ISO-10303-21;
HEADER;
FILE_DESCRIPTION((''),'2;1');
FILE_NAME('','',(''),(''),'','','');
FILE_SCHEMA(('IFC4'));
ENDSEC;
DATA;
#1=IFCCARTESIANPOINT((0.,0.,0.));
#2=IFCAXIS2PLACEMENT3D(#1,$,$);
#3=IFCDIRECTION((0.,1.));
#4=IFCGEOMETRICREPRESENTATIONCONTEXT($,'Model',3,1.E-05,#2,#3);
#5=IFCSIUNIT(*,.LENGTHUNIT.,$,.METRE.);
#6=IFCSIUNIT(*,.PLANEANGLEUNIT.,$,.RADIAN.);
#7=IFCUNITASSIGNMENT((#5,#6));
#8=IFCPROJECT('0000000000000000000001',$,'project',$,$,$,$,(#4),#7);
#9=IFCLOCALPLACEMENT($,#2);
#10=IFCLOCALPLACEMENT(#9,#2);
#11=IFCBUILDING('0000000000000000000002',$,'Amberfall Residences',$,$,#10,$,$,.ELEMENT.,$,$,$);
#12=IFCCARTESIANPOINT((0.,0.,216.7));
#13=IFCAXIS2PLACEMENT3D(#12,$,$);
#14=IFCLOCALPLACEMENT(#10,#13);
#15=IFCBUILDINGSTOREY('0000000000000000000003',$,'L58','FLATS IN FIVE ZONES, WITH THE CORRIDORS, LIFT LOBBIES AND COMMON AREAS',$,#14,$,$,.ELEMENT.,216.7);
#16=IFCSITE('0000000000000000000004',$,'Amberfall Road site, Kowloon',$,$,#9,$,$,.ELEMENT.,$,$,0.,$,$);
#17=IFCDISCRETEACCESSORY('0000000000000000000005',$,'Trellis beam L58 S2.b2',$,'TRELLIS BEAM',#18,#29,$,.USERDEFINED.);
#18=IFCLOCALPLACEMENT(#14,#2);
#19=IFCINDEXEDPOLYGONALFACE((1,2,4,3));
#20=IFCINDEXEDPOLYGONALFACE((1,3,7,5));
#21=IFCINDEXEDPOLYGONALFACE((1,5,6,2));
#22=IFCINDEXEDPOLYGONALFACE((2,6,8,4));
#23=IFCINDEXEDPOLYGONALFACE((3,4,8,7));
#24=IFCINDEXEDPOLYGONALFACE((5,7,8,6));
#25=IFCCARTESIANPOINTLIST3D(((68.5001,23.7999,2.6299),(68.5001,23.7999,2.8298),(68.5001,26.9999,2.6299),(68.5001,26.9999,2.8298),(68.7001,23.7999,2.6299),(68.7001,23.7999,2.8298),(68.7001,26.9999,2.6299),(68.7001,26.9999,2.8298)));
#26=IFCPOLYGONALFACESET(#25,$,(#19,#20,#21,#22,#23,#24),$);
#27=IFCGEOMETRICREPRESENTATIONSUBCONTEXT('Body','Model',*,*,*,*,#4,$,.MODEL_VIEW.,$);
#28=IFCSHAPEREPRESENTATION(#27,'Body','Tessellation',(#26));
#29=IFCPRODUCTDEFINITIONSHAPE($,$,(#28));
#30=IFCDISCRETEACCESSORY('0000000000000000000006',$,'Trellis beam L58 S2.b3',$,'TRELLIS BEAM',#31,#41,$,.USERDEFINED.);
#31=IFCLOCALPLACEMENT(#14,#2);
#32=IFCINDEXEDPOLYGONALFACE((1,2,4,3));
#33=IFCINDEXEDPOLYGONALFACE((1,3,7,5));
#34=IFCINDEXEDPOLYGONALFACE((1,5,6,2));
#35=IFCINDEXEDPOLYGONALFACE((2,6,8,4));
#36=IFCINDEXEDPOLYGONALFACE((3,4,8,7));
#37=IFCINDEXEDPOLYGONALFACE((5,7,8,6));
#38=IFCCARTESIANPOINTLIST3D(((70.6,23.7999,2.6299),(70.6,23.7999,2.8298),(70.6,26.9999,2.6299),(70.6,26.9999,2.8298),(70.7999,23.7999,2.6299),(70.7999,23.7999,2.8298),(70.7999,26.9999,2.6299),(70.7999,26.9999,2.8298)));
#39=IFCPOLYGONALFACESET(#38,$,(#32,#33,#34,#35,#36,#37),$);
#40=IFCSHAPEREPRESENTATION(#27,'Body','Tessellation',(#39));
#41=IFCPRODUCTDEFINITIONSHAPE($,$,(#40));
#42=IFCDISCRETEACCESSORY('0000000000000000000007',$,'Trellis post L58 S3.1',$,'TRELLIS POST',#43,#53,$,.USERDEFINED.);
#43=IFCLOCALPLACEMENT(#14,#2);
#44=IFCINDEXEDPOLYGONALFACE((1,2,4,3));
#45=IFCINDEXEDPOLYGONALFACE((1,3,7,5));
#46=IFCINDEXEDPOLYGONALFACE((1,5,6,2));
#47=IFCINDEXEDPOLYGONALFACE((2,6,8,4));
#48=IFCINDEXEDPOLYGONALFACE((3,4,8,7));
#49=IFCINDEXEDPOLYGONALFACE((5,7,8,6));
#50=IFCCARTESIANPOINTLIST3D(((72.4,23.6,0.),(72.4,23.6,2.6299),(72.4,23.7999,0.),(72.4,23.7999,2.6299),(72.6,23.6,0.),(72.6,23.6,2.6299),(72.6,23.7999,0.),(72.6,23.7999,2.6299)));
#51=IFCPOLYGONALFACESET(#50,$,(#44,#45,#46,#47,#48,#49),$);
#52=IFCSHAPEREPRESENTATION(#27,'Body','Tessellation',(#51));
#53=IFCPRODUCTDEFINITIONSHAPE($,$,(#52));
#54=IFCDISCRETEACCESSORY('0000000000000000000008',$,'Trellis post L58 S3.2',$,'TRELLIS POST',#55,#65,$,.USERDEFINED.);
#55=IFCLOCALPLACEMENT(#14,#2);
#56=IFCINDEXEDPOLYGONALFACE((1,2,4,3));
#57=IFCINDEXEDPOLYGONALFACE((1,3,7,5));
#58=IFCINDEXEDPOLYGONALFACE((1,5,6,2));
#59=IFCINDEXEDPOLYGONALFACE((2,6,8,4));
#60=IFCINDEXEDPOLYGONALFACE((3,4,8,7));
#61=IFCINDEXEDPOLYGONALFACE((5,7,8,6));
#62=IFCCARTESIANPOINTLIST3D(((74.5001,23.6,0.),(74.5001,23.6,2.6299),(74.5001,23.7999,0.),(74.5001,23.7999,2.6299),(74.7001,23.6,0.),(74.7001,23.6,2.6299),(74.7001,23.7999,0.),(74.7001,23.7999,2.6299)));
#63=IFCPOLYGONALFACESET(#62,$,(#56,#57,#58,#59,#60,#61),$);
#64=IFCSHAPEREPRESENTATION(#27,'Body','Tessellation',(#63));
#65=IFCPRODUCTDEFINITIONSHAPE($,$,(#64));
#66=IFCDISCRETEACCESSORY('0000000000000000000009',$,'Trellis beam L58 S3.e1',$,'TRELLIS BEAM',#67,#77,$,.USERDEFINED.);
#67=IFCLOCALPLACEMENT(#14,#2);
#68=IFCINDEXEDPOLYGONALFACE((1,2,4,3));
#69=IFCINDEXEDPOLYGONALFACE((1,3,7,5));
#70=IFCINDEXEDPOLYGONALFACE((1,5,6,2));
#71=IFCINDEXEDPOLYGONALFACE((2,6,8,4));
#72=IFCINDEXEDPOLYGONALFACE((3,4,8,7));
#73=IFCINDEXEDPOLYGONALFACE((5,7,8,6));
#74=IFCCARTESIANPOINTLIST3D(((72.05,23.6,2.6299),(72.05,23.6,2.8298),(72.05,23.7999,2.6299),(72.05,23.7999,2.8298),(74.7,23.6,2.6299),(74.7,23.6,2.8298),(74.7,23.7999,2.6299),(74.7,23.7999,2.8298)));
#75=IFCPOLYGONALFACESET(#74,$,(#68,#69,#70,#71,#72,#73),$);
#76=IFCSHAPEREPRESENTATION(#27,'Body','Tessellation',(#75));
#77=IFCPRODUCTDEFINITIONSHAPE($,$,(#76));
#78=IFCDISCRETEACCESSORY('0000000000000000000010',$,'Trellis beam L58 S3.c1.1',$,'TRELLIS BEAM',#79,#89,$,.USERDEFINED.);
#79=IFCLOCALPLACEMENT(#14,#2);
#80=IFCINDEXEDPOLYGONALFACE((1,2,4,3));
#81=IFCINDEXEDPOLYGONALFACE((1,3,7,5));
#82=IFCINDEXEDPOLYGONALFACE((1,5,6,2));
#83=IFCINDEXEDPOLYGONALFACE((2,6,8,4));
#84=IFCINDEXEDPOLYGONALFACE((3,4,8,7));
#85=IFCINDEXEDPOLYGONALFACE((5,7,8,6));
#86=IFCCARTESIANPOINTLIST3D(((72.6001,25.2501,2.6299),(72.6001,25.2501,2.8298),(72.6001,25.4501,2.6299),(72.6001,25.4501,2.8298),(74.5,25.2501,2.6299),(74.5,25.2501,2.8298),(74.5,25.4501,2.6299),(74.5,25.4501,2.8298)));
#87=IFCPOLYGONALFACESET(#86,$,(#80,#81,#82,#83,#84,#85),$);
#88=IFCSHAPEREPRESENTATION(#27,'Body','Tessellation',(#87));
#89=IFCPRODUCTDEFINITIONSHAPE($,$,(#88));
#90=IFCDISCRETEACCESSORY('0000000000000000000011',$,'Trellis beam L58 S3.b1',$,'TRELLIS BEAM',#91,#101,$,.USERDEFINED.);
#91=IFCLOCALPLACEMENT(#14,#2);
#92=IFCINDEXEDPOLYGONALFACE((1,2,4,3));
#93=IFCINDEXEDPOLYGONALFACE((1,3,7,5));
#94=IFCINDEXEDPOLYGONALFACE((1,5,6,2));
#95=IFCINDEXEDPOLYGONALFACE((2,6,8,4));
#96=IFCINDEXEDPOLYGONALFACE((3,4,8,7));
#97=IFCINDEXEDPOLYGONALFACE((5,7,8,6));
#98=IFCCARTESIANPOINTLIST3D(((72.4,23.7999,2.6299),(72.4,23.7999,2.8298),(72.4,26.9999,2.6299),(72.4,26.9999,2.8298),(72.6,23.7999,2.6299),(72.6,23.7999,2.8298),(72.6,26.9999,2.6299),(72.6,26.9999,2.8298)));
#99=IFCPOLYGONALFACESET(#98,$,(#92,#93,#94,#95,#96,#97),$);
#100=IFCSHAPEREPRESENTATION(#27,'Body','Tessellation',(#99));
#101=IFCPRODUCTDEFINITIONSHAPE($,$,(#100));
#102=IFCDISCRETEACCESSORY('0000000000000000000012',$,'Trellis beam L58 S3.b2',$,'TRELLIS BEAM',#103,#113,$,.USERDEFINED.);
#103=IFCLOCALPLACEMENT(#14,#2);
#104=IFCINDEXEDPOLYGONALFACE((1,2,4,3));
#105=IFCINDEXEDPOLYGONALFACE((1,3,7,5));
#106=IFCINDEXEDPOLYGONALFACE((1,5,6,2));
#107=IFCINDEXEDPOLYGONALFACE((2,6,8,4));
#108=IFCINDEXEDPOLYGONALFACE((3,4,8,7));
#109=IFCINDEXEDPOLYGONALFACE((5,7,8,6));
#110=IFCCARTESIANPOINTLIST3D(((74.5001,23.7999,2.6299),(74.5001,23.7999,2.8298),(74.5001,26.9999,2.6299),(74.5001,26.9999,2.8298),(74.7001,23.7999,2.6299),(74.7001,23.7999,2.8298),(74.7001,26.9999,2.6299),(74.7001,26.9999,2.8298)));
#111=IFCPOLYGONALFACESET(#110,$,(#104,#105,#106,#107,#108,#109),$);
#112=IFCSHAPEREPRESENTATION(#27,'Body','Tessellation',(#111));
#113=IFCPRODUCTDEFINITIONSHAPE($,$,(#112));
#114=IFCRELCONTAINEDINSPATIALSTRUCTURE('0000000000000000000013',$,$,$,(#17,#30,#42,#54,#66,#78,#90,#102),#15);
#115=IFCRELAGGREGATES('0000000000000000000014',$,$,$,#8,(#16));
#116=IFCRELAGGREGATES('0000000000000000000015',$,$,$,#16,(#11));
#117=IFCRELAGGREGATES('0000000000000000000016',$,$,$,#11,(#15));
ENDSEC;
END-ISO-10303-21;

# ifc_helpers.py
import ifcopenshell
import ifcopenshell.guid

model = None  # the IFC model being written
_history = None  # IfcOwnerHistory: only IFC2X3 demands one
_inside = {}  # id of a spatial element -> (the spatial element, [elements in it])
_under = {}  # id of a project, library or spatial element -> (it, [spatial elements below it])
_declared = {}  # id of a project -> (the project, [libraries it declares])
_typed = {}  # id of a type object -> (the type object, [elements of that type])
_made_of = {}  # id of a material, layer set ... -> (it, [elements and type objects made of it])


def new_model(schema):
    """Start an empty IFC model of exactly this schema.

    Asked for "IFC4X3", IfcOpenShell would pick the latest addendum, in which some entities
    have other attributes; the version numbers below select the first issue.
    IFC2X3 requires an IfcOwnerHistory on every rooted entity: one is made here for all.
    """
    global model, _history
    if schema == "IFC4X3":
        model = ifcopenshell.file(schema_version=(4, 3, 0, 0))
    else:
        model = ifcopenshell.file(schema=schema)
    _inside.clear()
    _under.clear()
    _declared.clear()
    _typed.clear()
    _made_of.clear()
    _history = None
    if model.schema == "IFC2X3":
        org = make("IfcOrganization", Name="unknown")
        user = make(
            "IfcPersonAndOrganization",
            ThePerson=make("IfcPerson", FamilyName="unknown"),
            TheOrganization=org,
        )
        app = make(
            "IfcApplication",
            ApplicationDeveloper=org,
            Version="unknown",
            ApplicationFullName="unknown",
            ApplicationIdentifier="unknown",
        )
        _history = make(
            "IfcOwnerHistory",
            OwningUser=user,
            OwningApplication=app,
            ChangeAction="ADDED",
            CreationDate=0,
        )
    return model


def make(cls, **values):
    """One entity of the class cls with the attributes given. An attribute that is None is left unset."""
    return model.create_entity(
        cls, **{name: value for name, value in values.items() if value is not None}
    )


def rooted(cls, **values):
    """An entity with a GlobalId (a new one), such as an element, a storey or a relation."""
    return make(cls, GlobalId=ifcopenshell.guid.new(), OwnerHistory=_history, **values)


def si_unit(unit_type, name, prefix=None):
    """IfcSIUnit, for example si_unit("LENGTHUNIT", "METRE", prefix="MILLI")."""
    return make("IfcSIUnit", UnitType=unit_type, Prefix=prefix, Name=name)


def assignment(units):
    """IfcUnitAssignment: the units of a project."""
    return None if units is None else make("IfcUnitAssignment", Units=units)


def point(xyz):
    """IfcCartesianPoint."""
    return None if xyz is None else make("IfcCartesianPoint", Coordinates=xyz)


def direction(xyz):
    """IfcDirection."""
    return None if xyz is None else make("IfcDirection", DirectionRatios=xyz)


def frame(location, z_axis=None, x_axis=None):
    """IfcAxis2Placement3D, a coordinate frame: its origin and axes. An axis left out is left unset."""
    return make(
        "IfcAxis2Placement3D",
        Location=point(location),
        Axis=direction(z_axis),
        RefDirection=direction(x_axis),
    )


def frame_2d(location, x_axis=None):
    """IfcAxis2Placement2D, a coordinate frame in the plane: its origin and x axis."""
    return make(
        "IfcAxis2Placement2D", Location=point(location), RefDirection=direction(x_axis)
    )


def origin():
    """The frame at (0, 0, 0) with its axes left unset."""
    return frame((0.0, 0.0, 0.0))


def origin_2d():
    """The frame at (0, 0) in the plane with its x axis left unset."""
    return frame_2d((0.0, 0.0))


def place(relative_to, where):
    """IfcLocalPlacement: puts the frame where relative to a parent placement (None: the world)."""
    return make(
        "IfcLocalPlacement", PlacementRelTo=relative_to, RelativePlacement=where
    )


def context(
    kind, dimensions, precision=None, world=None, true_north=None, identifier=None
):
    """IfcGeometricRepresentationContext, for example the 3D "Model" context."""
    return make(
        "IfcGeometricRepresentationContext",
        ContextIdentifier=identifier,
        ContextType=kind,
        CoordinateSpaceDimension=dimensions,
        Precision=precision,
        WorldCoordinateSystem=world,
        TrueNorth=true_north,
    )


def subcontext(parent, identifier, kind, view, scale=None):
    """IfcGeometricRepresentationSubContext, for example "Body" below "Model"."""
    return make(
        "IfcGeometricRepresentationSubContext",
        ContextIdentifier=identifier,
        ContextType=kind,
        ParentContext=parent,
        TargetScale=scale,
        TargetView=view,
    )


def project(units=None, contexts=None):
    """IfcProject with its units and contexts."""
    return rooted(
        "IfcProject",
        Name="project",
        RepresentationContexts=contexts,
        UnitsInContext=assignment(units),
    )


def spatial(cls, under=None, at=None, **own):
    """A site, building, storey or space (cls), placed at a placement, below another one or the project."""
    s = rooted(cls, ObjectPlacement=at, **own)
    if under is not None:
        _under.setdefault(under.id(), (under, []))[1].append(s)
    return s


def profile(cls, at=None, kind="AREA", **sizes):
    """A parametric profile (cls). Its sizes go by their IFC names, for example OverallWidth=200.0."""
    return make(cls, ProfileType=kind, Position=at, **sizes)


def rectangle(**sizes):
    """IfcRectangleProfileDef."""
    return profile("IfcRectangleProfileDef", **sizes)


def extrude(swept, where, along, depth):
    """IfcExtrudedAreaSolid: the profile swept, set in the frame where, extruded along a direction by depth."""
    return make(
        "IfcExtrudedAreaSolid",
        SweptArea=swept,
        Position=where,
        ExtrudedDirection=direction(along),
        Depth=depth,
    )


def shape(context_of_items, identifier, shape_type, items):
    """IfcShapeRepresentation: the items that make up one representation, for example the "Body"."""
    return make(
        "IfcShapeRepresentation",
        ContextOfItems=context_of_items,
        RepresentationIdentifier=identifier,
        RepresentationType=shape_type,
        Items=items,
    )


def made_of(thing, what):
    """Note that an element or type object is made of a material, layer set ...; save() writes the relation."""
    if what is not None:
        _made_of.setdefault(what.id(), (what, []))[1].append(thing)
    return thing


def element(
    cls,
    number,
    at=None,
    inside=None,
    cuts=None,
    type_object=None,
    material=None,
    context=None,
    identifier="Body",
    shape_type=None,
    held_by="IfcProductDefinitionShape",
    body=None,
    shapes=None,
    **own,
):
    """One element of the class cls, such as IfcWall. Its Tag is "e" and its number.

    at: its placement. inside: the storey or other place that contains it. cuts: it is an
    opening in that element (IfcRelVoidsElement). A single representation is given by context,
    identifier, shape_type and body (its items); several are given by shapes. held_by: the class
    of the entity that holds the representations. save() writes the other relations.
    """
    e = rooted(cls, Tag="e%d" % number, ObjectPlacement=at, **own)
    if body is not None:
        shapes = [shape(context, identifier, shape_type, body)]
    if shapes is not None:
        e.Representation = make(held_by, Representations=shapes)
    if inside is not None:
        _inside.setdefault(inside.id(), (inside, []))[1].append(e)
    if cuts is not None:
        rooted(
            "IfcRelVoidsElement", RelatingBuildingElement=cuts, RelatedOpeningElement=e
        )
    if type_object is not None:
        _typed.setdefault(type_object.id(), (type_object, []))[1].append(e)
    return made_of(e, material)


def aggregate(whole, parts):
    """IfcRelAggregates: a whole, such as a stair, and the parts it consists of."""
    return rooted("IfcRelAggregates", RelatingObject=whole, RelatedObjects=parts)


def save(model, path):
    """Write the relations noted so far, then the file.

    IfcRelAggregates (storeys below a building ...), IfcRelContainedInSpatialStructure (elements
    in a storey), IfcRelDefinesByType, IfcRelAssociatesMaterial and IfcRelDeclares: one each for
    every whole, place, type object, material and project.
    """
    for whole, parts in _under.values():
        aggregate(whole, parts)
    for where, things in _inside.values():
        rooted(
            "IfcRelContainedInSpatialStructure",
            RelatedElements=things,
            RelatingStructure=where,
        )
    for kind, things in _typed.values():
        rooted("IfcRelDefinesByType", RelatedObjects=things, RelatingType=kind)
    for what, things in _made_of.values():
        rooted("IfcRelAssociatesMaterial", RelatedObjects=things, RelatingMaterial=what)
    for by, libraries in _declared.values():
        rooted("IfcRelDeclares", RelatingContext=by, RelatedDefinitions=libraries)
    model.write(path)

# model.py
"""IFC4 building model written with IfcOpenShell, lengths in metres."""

from ifc_helpers import new_model, si_unit, direction, frame, origin, origin_2d, place, context, subcontext, project, spatial, rectangle, extrude, element, save


model = new_model("IFC4")

# Units and contexts
model_context = context("Model", 3, precision=1e-05, world=origin(), true_north=direction((0.0, 1.0)))
body_context = subcontext(model_context, "Body", "Model", "MODEL_VIEW")
ifc_project = project(units=[si_unit("LENGTHUNIT", "METRE"), si_unit("PLANEANGLEUNIT", "RADIAN")], contexts=[model_context])

# Site, building, storey
site_placement = place(None, origin())
site = spatial("IfcSite", under=ifc_project, at=site_placement, Name="Amberfall Road site, Kowloon", CompositionType="ELEMENT", RefElevation=0.0)
building_placement = place(site_placement, origin())
building = spatial("IfcBuilding", under=site, at=building_placement, Name="Amberfall Residences", CompositionType="ELEMENT")
storey_placement = place(building_placement, frame((0.0, 0.0, 216.7)))
storey = spatial("IfcBuildingStorey", under=building, at=storey_placement, Name="L58", Description="FLATS IN FIVE ZONES, WITH THE CORRIDORS, LIFT LOBBIES AND COMMON AREAS", CompositionType="ELEMENT", Elevation=216.7)

# Discrete accessories
for number, where, z_axis, x_axis, name in (
    (1, (68.6001, 25.3999, 2.6299), (0.0, 0.0, 1.0), (0.0, 1.0, 0.0), "Trellis beam L58 S2.b2"),
    (2, (70.7, 25.3999, 2.6299), (0.0, 0.0, 1.0), (0.0, 1.0, 0.0), "Trellis beam L58 S2.b3"),
):
    element("IfcDiscreteAccessory", number, at=place(storey_placement, frame(where, z_axis=z_axis, x_axis=x_axis)), inside=storey, Name=name, ObjectType="TRELLIS BEAM", PredefinedType="USERDEFINED", context=body_context, shape_type="SweptSolid", body=[
        extrude(rectangle(XDim=3.2, YDim=0.2, at=origin_2d()), origin(), (0.0, 0.0, 1.0), 0.2),
    ])
for number, where, z_axis, x_axis, name in (
    (3, (72.5, 23.7, 0.0), (0.0, 0.0, 1.0), (1.0, 0.0, 0.0), "Trellis post L58 S3.1"),
    (4, (74.6001, 23.7, 0.0), (0.0, 0.0, 1.0), (1.0, 0.0, 0.0), "Trellis post L58 S3.2"),
):
    element("IfcDiscreteAccessory", number, at=place(storey_placement, frame(where, z_axis=z_axis, x_axis=x_axis)), inside=storey, Name=name, ObjectType="TRELLIS POST", PredefinedType="USERDEFINED", context=body_context, shape_type="SweptSolid", body=[
        extrude(rectangle(XDim=0.2, YDim=0.2, at=origin_2d()), origin(), (0.0, 0.0, 1.0), 2.6299),
    ])
discrete_accessory_1_placement = place(storey_placement, frame((73.375, 23.7, 2.6299), z_axis=(0.0, 0.0, 1.0), x_axis=(1.0, 0.0, 0.0)))
element("IfcDiscreteAccessory", 5, at=discrete_accessory_1_placement, inside=storey, Name="Trellis beam L58 S3.e1", ObjectType="TRELLIS BEAM", PredefinedType="USERDEFINED", context=body_context, shape_type="SweptSolid", body=[
    extrude(rectangle(XDim=2.6499, YDim=0.2, at=origin_2d()), origin(), (0.0, 0.0, 1.0), 0.2),
])
discrete_accessory_2_placement = place(storey_placement, frame((73.55, 25.3501, 2.6299), z_axis=(0.0, 0.0, 1.0), x_axis=(1.0, 0.0, 0.0)))
element("IfcDiscreteAccessory", 6, at=discrete_accessory_2_placement, inside=storey, Name="Trellis beam L58 S3.c1.1", ObjectType="TRELLIS BEAM", PredefinedType="USERDEFINED", context=body_context, shape_type="SweptSolid", body=[
    extrude(rectangle(XDim=1.8999, YDim=0.2, at=origin_2d()), origin(), (0.0, 0.0, 1.0), 0.2),
])
for number, where, z_axis, x_axis, name in (
    (7, (72.5, 25.3999, 2.6299), (0.0, 0.0, 1.0), (0.0, 1.0, 0.0), "Trellis beam L58 S3.b1"),
    (8, (74.6001, 25.3999, 2.6299), (0.0, 0.0, 1.0), (0.0, 1.0, 0.0), "Trellis beam L58 S3.b2"),
):
    element("IfcDiscreteAccessory", number, at=place(storey_placement, frame(where, z_axis=z_axis, x_axis=x_axis)), inside=storey, Name=name, ObjectType="TRELLIS BEAM", PredefinedType="USERDEFINED", context=body_context, shape_type="SweptSolid", body=[
        extrude(rectangle(XDim=3.2, YDim=0.2, at=origin_2d()), origin(), (0.0, 0.0, 1.0), 0.2),
    ])

save(model, "model.ifc")
